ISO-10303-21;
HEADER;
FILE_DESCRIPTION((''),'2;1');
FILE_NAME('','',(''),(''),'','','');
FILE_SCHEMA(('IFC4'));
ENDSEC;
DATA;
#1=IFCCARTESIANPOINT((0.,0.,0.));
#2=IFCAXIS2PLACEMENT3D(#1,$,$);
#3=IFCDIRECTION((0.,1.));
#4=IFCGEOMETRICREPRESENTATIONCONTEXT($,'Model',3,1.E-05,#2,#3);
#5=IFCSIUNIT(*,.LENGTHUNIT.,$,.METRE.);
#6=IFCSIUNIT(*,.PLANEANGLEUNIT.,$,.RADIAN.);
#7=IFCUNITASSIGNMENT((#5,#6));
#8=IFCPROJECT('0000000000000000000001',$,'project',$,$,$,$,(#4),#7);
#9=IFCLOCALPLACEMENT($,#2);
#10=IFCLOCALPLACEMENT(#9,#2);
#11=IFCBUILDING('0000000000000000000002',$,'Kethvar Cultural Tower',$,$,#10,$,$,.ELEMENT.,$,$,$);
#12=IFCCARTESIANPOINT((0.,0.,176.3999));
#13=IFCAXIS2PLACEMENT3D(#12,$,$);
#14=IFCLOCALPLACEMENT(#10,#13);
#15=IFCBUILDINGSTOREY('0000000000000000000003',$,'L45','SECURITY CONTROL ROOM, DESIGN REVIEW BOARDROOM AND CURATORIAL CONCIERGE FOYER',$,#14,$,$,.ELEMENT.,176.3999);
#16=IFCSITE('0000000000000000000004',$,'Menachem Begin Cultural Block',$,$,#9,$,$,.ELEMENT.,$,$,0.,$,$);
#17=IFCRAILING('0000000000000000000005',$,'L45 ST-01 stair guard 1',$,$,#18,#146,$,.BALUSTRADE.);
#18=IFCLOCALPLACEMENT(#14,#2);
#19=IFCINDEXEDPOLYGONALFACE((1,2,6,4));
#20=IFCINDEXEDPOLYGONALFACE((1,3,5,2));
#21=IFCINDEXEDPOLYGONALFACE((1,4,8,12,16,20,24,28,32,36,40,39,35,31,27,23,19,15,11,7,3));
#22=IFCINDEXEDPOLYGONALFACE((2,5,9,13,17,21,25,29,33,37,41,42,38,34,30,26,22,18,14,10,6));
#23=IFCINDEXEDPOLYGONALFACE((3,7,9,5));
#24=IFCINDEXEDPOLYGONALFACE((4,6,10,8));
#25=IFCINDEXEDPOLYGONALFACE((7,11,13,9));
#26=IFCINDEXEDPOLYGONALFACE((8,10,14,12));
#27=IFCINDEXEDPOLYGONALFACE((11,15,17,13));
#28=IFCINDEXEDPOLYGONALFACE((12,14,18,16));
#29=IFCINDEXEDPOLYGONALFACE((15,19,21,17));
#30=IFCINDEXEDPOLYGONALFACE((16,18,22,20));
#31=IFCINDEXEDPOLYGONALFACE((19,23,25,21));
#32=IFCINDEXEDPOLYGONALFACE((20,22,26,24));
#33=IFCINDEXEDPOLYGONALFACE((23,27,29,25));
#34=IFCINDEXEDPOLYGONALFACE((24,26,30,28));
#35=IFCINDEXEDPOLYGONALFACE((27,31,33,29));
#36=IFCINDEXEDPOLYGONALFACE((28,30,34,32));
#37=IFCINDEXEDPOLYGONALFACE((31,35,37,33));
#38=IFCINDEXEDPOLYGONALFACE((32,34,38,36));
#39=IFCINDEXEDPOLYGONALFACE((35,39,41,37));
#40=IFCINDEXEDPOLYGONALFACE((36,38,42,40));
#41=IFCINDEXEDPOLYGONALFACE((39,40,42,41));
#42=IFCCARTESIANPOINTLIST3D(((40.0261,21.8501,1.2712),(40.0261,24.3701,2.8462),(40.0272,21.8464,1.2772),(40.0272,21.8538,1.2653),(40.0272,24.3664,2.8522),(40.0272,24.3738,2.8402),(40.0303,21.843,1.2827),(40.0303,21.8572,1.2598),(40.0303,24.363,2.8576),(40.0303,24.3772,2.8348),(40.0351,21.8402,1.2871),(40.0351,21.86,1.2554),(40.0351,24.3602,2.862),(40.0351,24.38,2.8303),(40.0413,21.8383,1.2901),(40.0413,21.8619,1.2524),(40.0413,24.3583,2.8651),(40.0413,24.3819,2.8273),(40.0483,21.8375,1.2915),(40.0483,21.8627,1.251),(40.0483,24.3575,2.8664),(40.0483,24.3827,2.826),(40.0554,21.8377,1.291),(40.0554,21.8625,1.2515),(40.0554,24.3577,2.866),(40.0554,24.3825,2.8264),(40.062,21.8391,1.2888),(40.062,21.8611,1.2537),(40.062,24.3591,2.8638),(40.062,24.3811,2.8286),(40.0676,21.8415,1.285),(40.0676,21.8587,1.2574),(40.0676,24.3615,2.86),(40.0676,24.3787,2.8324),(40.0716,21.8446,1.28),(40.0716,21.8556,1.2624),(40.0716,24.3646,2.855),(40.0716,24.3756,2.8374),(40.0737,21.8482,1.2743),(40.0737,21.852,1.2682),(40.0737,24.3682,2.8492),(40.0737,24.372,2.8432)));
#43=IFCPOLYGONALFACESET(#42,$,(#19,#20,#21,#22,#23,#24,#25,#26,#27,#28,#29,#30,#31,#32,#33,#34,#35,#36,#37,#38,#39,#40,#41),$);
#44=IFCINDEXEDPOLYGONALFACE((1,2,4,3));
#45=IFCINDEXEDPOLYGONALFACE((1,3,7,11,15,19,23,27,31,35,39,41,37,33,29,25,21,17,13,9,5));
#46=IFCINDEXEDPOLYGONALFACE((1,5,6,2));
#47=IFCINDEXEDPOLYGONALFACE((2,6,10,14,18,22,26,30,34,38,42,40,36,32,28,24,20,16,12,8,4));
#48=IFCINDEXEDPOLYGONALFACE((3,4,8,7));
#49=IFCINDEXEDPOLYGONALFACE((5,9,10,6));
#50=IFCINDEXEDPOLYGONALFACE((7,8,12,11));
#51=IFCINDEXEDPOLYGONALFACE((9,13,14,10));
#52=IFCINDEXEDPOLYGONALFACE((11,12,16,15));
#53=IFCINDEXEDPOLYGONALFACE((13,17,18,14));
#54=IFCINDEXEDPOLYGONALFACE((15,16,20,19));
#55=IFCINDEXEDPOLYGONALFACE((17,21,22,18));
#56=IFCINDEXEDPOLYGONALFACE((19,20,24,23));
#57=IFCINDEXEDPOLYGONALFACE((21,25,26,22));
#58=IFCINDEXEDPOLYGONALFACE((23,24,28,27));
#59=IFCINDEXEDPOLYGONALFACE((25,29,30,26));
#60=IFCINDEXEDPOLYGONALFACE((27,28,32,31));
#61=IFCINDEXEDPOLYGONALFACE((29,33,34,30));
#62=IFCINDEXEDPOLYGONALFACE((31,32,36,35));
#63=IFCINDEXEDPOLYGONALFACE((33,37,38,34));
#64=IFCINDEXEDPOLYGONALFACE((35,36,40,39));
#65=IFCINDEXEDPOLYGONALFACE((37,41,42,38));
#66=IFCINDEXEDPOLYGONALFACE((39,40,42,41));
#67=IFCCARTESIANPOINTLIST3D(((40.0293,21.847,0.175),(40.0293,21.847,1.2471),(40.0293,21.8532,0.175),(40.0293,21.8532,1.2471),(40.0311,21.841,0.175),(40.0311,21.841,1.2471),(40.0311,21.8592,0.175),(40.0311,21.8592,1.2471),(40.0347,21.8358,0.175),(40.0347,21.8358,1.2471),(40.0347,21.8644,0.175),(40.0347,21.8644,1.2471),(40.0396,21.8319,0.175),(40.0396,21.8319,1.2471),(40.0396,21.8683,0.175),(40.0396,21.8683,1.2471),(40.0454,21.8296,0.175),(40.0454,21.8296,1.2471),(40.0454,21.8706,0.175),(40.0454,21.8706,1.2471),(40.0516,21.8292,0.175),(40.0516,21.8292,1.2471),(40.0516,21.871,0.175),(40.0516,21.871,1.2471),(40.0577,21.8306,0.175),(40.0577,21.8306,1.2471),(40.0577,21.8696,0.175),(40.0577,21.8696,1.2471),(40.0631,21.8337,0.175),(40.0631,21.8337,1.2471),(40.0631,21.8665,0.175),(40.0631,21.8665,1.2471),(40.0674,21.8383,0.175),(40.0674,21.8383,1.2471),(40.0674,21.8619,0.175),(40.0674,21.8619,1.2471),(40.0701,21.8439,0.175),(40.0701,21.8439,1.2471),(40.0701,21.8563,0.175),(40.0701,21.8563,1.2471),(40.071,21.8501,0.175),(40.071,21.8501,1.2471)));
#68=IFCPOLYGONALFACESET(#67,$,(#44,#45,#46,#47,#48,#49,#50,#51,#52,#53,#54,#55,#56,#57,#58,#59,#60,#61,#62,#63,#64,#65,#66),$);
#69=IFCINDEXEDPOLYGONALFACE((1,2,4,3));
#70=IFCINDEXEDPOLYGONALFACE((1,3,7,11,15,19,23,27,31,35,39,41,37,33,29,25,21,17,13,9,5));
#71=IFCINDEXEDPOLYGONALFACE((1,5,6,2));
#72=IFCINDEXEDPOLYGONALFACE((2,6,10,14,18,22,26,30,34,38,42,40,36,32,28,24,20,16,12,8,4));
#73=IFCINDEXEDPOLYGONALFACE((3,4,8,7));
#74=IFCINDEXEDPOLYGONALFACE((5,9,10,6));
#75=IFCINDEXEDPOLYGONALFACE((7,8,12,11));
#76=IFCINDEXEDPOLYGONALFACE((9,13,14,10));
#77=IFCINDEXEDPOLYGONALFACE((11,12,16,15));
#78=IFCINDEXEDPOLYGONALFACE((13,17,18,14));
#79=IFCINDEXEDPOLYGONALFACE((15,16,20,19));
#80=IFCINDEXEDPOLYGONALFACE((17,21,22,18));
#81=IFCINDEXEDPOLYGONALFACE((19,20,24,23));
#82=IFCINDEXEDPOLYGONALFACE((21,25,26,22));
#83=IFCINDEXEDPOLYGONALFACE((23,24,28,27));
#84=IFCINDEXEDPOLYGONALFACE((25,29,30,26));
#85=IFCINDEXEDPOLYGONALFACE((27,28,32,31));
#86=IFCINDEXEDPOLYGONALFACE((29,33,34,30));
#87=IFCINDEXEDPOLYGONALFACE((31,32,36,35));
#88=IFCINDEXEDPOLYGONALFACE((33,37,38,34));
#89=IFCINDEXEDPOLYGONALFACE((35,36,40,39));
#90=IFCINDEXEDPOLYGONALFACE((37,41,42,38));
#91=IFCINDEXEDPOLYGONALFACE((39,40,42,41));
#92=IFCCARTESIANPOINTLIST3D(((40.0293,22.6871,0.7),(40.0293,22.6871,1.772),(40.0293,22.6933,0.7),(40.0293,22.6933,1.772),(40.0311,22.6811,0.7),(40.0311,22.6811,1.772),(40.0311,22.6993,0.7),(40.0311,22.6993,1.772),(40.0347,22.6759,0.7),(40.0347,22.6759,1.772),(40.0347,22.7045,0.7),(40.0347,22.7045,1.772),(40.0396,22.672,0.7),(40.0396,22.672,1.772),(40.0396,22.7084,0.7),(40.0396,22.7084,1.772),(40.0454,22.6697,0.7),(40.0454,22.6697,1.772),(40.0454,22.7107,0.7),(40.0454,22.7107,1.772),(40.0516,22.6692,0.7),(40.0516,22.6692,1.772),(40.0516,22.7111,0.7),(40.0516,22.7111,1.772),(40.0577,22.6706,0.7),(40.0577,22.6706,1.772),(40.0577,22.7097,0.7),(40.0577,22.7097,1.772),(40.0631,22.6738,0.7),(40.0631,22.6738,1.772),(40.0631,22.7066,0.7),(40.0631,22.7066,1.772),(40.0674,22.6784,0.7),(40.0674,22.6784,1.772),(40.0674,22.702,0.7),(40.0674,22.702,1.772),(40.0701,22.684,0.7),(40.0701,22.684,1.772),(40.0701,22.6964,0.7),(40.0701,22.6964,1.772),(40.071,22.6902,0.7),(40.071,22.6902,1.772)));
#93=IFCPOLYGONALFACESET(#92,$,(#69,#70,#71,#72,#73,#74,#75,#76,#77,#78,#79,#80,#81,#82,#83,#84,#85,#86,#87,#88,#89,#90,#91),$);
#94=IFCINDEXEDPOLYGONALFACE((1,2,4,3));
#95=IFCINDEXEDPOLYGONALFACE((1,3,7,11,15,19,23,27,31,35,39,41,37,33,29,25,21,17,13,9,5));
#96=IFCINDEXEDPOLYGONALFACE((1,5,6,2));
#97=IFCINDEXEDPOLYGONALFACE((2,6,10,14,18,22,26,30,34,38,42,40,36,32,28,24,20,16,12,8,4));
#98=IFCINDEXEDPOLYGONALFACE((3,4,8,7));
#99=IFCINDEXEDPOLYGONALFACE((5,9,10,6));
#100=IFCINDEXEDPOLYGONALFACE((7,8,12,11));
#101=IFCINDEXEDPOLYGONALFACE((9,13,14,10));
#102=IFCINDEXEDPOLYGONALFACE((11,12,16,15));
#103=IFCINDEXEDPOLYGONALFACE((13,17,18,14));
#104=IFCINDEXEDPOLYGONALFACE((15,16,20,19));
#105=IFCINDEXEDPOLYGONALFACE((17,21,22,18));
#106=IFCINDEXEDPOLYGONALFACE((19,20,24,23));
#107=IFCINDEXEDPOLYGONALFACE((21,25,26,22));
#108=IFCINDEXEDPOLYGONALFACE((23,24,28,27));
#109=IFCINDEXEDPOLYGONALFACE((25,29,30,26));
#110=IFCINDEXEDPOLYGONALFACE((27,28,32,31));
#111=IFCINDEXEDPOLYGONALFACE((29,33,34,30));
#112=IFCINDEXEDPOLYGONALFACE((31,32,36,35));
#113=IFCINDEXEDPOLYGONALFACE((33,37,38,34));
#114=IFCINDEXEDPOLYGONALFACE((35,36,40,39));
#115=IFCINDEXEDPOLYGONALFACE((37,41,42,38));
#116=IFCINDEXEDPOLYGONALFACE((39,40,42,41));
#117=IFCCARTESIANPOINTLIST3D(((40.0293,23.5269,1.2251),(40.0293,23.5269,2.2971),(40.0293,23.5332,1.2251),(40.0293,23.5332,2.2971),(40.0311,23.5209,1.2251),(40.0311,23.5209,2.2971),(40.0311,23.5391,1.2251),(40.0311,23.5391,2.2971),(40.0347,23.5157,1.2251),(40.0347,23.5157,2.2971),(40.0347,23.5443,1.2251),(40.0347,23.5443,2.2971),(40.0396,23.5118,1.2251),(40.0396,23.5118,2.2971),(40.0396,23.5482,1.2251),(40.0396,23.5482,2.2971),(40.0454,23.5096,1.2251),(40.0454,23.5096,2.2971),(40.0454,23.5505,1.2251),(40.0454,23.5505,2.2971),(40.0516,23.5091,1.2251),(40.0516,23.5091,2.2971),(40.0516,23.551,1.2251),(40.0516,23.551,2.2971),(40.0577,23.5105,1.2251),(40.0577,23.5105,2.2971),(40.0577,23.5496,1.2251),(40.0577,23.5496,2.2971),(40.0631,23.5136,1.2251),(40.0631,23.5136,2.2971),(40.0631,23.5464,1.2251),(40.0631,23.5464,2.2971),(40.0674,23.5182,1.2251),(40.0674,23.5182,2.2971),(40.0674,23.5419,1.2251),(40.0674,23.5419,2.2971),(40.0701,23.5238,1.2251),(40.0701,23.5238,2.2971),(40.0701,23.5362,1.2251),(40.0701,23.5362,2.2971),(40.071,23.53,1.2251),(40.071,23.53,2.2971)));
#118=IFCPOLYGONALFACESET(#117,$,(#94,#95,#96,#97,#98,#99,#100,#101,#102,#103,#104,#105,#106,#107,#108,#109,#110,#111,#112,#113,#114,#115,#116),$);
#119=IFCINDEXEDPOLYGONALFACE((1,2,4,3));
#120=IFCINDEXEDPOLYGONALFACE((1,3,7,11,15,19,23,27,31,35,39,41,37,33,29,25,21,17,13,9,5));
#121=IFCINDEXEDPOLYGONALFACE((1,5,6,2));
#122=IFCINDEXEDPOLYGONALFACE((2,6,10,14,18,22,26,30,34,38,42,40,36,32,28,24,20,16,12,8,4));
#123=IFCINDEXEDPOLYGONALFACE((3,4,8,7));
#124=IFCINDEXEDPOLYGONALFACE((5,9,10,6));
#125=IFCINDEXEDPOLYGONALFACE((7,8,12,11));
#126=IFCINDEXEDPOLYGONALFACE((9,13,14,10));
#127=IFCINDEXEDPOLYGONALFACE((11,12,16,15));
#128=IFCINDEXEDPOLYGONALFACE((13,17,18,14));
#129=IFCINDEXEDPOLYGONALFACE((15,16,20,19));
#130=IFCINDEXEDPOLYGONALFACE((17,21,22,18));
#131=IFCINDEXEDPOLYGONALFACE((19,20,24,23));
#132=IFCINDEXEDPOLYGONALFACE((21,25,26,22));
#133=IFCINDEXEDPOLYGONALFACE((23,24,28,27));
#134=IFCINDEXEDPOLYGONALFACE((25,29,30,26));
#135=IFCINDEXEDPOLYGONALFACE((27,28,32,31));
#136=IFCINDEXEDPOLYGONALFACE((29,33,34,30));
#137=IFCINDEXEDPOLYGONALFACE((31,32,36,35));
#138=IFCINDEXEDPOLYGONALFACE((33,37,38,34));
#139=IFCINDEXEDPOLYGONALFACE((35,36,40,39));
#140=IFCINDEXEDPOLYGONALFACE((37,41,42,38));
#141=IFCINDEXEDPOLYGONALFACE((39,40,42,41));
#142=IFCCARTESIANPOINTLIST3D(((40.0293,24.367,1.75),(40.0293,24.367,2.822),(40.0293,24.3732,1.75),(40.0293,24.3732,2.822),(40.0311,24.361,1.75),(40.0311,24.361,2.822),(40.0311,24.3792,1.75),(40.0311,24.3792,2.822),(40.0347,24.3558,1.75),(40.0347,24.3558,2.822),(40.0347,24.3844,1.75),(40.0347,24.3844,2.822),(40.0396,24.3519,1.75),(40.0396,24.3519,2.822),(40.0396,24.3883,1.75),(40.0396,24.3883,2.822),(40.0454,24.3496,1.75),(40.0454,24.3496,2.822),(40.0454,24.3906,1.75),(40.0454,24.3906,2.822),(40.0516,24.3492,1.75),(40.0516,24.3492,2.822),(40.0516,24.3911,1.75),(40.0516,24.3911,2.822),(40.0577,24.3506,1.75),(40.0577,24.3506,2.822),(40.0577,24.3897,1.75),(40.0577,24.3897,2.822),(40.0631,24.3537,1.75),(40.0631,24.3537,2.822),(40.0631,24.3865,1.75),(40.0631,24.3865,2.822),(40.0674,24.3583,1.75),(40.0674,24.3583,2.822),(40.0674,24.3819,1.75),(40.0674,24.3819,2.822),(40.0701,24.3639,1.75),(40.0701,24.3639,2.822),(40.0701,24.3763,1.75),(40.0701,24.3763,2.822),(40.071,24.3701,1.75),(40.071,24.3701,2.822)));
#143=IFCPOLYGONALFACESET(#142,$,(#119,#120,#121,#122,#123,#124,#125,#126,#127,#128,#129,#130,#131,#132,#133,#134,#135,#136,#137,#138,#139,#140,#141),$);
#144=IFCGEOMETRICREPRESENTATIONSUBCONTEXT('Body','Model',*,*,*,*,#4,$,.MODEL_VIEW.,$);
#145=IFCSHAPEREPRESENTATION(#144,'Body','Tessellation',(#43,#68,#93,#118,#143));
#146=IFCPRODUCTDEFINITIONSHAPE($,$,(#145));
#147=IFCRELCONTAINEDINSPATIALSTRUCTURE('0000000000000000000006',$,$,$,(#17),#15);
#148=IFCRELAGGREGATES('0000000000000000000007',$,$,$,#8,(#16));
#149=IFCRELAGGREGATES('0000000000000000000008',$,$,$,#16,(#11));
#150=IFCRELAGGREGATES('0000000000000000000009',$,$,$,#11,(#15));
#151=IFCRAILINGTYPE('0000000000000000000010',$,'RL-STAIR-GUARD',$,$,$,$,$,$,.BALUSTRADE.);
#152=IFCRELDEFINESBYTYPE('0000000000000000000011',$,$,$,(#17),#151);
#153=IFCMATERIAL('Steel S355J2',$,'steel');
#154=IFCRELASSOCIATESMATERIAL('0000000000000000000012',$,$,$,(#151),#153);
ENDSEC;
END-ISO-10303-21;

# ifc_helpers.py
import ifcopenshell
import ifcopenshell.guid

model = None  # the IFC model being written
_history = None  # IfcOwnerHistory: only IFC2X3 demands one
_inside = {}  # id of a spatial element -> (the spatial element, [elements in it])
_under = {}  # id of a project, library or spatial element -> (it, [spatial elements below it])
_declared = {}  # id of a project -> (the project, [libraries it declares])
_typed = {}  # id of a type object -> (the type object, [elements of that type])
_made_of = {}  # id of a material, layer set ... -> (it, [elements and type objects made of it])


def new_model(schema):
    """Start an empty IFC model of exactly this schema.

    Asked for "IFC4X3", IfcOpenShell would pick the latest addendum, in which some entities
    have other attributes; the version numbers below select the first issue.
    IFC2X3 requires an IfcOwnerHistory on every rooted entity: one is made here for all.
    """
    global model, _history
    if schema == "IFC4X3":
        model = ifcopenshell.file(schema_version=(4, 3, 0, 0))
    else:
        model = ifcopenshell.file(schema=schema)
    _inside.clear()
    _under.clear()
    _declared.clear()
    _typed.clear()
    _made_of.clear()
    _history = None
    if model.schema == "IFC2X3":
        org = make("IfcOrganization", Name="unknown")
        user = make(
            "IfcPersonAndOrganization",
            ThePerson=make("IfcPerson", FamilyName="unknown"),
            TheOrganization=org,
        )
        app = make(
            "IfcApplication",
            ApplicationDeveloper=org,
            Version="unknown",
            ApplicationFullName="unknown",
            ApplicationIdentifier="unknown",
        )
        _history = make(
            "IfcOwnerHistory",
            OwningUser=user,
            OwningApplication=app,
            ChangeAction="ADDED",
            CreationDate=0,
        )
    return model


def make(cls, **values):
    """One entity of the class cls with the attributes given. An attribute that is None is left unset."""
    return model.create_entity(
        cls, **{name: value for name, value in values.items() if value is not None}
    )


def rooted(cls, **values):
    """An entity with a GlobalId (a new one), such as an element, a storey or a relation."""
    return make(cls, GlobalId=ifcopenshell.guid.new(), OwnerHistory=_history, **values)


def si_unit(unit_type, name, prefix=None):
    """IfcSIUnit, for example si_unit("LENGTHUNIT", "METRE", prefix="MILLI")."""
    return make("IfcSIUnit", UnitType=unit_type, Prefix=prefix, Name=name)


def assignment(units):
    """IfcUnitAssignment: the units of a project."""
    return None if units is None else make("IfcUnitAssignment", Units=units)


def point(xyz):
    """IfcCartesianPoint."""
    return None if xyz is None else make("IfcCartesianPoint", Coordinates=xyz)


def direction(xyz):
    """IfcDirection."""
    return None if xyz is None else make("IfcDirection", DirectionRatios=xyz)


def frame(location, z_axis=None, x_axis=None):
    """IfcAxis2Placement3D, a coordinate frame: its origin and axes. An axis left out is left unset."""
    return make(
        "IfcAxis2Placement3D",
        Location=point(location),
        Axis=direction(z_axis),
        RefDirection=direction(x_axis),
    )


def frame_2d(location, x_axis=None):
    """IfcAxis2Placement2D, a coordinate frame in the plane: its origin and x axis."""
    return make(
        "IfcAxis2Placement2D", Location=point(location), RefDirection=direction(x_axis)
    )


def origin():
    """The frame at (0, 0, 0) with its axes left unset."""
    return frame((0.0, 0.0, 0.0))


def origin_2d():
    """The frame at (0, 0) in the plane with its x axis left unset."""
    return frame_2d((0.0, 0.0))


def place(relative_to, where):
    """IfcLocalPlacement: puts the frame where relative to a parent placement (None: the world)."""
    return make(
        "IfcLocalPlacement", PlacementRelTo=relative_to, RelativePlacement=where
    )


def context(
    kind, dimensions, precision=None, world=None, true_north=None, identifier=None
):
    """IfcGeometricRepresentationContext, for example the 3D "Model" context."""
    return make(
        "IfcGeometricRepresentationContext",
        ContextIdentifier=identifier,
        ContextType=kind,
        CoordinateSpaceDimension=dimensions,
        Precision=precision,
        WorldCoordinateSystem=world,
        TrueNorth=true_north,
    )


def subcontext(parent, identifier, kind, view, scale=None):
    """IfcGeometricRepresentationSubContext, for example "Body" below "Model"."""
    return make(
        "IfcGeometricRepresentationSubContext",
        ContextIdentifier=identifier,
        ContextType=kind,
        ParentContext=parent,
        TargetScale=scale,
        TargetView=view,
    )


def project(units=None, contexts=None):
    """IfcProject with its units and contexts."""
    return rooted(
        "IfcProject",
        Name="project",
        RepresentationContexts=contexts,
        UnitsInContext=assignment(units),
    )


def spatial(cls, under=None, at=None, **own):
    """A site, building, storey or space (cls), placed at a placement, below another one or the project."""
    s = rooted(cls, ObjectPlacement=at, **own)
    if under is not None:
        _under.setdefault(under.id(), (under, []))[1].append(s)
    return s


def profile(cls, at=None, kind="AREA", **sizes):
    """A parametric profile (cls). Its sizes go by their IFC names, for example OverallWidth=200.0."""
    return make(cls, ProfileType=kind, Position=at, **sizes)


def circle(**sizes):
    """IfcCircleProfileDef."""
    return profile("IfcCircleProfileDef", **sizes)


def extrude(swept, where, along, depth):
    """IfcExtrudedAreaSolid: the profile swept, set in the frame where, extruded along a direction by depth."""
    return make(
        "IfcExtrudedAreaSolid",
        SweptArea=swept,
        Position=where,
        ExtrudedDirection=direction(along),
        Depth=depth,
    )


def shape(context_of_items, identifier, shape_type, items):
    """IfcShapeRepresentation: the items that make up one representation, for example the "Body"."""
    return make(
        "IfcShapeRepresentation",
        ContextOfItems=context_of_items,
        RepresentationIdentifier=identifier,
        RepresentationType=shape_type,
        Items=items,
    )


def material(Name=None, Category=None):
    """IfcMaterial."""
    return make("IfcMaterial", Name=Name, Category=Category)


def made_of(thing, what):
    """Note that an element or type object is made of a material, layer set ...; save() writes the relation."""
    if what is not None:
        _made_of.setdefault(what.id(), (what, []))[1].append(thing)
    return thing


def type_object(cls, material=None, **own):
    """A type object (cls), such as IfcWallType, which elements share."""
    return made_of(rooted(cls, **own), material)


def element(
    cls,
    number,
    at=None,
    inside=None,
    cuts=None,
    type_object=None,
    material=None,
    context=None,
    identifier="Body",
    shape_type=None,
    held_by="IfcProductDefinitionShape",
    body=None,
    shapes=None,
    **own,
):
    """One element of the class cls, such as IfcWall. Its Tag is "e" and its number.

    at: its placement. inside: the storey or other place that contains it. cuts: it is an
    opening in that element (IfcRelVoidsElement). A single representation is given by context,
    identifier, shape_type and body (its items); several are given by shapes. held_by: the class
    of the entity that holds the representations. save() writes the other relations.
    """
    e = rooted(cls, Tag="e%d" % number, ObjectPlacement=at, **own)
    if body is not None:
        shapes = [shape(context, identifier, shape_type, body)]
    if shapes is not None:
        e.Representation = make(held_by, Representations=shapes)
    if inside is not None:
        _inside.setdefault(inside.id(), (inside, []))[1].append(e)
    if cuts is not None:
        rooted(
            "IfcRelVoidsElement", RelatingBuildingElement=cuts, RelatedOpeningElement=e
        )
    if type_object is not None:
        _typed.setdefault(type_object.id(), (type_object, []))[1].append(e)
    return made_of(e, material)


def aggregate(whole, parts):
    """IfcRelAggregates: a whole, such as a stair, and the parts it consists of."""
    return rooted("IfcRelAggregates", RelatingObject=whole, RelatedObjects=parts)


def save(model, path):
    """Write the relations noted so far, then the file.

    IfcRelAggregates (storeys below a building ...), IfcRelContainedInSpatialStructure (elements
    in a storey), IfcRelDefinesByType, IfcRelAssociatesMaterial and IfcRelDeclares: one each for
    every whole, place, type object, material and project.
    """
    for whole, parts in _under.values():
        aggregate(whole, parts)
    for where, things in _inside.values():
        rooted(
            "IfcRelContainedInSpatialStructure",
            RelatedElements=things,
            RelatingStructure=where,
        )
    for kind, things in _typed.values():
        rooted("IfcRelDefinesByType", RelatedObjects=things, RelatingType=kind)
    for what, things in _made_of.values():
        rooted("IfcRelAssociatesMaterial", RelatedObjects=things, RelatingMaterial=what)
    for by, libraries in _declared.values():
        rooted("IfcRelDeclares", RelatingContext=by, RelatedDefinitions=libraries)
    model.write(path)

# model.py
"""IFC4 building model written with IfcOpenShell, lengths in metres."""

from ifc_helpers import new_model, si_unit, direction, frame, origin, origin_2d, place, context, subcontext, project, spatial, circle, extrude, material, type_object, element, save


model = new_model("IFC4")

# Units and contexts
model_context = context("Model", 3, precision=1e-05, world=origin(), true_north=direction((0.0, 1.0)))
body_context = subcontext(model_context, "Body", "Model", "MODEL_VIEW")
ifc_project = project(units=[si_unit("LENGTHUNIT", "METRE"), si_unit("PLANEANGLEUNIT", "RADIAN")], contexts=[model_context])

# Site, building, storey
site_placement = place(None, origin())
site = spatial("IfcSite", under=ifc_project, at=site_placement, Name="Menachem Begin Cultural Block", CompositionType="ELEMENT", RefElevation=0.0)
building_placement = place(site_placement, origin())
building = spatial("IfcBuilding", under=site, at=building_placement, Name="Kethvar Cultural Tower", CompositionType="ELEMENT")
storey_placement = place(building_placement, frame((0.0, 0.0, 176.3999)))
storey = spatial("IfcBuildingStorey", under=building, at=storey_placement, Name="L45", Description="SECURITY CONTROL ROOM, DESIGN REVIEW BOARDROOM AND CURATORIAL CONCIERGE FOYER", CompositionType="ELEMENT", Elevation=176.3999)

# Shared definitions
ifc_material_1 = material(Name="Steel S355J2", Category="steel")

# Railing
railing_type_1 = type_object("IfcRailingType", Name="RL-STAIR-GUARD", PredefinedType="BALUSTRADE", material=ifc_material_1)
railing_1_placement = place(storey_placement, frame((40.05, 21.8501, 0.175)))
element("IfcRailing", 1, at=railing_1_placement, inside=storey, type_object=railing_type_1, Name="L45 ST-01 stair guard 1", PredefinedType="BALUSTRADE", context=body_context, shape_type="SweptSolid", body=[
    extrude(circle(Radius=0.0239, at=origin_2d()), frame((0.0, 0.0, 1.0962), z_axis=(0.0, 0.848008, 0.529984), x_axis=(-1.0, 0.0, 0.0)), (0.0, 0.0, 1.0), 2.9717),
    extrude(circle(Radius=0.021, at=origin_2d()), origin(), (0.0, 0.0, 1.0), 1.072),
    extrude(circle(Radius=0.021, at=origin_2d()), frame((0.0, 0.8401, 0.5249)), (0.0, 0.0, 1.0), 1.072),
    extrude(circle(Radius=0.021, at=origin_2d()), frame((0.0, 1.6799, 1.05)), (0.0, 0.0, 1.0), 1.072),
    extrude(circle(Radius=0.021, at=origin_2d()), frame((0.0, 2.52, 1.575)), (0.0, 0.0, 1.0), 1.072),
])

save(model, "model.ifc")
